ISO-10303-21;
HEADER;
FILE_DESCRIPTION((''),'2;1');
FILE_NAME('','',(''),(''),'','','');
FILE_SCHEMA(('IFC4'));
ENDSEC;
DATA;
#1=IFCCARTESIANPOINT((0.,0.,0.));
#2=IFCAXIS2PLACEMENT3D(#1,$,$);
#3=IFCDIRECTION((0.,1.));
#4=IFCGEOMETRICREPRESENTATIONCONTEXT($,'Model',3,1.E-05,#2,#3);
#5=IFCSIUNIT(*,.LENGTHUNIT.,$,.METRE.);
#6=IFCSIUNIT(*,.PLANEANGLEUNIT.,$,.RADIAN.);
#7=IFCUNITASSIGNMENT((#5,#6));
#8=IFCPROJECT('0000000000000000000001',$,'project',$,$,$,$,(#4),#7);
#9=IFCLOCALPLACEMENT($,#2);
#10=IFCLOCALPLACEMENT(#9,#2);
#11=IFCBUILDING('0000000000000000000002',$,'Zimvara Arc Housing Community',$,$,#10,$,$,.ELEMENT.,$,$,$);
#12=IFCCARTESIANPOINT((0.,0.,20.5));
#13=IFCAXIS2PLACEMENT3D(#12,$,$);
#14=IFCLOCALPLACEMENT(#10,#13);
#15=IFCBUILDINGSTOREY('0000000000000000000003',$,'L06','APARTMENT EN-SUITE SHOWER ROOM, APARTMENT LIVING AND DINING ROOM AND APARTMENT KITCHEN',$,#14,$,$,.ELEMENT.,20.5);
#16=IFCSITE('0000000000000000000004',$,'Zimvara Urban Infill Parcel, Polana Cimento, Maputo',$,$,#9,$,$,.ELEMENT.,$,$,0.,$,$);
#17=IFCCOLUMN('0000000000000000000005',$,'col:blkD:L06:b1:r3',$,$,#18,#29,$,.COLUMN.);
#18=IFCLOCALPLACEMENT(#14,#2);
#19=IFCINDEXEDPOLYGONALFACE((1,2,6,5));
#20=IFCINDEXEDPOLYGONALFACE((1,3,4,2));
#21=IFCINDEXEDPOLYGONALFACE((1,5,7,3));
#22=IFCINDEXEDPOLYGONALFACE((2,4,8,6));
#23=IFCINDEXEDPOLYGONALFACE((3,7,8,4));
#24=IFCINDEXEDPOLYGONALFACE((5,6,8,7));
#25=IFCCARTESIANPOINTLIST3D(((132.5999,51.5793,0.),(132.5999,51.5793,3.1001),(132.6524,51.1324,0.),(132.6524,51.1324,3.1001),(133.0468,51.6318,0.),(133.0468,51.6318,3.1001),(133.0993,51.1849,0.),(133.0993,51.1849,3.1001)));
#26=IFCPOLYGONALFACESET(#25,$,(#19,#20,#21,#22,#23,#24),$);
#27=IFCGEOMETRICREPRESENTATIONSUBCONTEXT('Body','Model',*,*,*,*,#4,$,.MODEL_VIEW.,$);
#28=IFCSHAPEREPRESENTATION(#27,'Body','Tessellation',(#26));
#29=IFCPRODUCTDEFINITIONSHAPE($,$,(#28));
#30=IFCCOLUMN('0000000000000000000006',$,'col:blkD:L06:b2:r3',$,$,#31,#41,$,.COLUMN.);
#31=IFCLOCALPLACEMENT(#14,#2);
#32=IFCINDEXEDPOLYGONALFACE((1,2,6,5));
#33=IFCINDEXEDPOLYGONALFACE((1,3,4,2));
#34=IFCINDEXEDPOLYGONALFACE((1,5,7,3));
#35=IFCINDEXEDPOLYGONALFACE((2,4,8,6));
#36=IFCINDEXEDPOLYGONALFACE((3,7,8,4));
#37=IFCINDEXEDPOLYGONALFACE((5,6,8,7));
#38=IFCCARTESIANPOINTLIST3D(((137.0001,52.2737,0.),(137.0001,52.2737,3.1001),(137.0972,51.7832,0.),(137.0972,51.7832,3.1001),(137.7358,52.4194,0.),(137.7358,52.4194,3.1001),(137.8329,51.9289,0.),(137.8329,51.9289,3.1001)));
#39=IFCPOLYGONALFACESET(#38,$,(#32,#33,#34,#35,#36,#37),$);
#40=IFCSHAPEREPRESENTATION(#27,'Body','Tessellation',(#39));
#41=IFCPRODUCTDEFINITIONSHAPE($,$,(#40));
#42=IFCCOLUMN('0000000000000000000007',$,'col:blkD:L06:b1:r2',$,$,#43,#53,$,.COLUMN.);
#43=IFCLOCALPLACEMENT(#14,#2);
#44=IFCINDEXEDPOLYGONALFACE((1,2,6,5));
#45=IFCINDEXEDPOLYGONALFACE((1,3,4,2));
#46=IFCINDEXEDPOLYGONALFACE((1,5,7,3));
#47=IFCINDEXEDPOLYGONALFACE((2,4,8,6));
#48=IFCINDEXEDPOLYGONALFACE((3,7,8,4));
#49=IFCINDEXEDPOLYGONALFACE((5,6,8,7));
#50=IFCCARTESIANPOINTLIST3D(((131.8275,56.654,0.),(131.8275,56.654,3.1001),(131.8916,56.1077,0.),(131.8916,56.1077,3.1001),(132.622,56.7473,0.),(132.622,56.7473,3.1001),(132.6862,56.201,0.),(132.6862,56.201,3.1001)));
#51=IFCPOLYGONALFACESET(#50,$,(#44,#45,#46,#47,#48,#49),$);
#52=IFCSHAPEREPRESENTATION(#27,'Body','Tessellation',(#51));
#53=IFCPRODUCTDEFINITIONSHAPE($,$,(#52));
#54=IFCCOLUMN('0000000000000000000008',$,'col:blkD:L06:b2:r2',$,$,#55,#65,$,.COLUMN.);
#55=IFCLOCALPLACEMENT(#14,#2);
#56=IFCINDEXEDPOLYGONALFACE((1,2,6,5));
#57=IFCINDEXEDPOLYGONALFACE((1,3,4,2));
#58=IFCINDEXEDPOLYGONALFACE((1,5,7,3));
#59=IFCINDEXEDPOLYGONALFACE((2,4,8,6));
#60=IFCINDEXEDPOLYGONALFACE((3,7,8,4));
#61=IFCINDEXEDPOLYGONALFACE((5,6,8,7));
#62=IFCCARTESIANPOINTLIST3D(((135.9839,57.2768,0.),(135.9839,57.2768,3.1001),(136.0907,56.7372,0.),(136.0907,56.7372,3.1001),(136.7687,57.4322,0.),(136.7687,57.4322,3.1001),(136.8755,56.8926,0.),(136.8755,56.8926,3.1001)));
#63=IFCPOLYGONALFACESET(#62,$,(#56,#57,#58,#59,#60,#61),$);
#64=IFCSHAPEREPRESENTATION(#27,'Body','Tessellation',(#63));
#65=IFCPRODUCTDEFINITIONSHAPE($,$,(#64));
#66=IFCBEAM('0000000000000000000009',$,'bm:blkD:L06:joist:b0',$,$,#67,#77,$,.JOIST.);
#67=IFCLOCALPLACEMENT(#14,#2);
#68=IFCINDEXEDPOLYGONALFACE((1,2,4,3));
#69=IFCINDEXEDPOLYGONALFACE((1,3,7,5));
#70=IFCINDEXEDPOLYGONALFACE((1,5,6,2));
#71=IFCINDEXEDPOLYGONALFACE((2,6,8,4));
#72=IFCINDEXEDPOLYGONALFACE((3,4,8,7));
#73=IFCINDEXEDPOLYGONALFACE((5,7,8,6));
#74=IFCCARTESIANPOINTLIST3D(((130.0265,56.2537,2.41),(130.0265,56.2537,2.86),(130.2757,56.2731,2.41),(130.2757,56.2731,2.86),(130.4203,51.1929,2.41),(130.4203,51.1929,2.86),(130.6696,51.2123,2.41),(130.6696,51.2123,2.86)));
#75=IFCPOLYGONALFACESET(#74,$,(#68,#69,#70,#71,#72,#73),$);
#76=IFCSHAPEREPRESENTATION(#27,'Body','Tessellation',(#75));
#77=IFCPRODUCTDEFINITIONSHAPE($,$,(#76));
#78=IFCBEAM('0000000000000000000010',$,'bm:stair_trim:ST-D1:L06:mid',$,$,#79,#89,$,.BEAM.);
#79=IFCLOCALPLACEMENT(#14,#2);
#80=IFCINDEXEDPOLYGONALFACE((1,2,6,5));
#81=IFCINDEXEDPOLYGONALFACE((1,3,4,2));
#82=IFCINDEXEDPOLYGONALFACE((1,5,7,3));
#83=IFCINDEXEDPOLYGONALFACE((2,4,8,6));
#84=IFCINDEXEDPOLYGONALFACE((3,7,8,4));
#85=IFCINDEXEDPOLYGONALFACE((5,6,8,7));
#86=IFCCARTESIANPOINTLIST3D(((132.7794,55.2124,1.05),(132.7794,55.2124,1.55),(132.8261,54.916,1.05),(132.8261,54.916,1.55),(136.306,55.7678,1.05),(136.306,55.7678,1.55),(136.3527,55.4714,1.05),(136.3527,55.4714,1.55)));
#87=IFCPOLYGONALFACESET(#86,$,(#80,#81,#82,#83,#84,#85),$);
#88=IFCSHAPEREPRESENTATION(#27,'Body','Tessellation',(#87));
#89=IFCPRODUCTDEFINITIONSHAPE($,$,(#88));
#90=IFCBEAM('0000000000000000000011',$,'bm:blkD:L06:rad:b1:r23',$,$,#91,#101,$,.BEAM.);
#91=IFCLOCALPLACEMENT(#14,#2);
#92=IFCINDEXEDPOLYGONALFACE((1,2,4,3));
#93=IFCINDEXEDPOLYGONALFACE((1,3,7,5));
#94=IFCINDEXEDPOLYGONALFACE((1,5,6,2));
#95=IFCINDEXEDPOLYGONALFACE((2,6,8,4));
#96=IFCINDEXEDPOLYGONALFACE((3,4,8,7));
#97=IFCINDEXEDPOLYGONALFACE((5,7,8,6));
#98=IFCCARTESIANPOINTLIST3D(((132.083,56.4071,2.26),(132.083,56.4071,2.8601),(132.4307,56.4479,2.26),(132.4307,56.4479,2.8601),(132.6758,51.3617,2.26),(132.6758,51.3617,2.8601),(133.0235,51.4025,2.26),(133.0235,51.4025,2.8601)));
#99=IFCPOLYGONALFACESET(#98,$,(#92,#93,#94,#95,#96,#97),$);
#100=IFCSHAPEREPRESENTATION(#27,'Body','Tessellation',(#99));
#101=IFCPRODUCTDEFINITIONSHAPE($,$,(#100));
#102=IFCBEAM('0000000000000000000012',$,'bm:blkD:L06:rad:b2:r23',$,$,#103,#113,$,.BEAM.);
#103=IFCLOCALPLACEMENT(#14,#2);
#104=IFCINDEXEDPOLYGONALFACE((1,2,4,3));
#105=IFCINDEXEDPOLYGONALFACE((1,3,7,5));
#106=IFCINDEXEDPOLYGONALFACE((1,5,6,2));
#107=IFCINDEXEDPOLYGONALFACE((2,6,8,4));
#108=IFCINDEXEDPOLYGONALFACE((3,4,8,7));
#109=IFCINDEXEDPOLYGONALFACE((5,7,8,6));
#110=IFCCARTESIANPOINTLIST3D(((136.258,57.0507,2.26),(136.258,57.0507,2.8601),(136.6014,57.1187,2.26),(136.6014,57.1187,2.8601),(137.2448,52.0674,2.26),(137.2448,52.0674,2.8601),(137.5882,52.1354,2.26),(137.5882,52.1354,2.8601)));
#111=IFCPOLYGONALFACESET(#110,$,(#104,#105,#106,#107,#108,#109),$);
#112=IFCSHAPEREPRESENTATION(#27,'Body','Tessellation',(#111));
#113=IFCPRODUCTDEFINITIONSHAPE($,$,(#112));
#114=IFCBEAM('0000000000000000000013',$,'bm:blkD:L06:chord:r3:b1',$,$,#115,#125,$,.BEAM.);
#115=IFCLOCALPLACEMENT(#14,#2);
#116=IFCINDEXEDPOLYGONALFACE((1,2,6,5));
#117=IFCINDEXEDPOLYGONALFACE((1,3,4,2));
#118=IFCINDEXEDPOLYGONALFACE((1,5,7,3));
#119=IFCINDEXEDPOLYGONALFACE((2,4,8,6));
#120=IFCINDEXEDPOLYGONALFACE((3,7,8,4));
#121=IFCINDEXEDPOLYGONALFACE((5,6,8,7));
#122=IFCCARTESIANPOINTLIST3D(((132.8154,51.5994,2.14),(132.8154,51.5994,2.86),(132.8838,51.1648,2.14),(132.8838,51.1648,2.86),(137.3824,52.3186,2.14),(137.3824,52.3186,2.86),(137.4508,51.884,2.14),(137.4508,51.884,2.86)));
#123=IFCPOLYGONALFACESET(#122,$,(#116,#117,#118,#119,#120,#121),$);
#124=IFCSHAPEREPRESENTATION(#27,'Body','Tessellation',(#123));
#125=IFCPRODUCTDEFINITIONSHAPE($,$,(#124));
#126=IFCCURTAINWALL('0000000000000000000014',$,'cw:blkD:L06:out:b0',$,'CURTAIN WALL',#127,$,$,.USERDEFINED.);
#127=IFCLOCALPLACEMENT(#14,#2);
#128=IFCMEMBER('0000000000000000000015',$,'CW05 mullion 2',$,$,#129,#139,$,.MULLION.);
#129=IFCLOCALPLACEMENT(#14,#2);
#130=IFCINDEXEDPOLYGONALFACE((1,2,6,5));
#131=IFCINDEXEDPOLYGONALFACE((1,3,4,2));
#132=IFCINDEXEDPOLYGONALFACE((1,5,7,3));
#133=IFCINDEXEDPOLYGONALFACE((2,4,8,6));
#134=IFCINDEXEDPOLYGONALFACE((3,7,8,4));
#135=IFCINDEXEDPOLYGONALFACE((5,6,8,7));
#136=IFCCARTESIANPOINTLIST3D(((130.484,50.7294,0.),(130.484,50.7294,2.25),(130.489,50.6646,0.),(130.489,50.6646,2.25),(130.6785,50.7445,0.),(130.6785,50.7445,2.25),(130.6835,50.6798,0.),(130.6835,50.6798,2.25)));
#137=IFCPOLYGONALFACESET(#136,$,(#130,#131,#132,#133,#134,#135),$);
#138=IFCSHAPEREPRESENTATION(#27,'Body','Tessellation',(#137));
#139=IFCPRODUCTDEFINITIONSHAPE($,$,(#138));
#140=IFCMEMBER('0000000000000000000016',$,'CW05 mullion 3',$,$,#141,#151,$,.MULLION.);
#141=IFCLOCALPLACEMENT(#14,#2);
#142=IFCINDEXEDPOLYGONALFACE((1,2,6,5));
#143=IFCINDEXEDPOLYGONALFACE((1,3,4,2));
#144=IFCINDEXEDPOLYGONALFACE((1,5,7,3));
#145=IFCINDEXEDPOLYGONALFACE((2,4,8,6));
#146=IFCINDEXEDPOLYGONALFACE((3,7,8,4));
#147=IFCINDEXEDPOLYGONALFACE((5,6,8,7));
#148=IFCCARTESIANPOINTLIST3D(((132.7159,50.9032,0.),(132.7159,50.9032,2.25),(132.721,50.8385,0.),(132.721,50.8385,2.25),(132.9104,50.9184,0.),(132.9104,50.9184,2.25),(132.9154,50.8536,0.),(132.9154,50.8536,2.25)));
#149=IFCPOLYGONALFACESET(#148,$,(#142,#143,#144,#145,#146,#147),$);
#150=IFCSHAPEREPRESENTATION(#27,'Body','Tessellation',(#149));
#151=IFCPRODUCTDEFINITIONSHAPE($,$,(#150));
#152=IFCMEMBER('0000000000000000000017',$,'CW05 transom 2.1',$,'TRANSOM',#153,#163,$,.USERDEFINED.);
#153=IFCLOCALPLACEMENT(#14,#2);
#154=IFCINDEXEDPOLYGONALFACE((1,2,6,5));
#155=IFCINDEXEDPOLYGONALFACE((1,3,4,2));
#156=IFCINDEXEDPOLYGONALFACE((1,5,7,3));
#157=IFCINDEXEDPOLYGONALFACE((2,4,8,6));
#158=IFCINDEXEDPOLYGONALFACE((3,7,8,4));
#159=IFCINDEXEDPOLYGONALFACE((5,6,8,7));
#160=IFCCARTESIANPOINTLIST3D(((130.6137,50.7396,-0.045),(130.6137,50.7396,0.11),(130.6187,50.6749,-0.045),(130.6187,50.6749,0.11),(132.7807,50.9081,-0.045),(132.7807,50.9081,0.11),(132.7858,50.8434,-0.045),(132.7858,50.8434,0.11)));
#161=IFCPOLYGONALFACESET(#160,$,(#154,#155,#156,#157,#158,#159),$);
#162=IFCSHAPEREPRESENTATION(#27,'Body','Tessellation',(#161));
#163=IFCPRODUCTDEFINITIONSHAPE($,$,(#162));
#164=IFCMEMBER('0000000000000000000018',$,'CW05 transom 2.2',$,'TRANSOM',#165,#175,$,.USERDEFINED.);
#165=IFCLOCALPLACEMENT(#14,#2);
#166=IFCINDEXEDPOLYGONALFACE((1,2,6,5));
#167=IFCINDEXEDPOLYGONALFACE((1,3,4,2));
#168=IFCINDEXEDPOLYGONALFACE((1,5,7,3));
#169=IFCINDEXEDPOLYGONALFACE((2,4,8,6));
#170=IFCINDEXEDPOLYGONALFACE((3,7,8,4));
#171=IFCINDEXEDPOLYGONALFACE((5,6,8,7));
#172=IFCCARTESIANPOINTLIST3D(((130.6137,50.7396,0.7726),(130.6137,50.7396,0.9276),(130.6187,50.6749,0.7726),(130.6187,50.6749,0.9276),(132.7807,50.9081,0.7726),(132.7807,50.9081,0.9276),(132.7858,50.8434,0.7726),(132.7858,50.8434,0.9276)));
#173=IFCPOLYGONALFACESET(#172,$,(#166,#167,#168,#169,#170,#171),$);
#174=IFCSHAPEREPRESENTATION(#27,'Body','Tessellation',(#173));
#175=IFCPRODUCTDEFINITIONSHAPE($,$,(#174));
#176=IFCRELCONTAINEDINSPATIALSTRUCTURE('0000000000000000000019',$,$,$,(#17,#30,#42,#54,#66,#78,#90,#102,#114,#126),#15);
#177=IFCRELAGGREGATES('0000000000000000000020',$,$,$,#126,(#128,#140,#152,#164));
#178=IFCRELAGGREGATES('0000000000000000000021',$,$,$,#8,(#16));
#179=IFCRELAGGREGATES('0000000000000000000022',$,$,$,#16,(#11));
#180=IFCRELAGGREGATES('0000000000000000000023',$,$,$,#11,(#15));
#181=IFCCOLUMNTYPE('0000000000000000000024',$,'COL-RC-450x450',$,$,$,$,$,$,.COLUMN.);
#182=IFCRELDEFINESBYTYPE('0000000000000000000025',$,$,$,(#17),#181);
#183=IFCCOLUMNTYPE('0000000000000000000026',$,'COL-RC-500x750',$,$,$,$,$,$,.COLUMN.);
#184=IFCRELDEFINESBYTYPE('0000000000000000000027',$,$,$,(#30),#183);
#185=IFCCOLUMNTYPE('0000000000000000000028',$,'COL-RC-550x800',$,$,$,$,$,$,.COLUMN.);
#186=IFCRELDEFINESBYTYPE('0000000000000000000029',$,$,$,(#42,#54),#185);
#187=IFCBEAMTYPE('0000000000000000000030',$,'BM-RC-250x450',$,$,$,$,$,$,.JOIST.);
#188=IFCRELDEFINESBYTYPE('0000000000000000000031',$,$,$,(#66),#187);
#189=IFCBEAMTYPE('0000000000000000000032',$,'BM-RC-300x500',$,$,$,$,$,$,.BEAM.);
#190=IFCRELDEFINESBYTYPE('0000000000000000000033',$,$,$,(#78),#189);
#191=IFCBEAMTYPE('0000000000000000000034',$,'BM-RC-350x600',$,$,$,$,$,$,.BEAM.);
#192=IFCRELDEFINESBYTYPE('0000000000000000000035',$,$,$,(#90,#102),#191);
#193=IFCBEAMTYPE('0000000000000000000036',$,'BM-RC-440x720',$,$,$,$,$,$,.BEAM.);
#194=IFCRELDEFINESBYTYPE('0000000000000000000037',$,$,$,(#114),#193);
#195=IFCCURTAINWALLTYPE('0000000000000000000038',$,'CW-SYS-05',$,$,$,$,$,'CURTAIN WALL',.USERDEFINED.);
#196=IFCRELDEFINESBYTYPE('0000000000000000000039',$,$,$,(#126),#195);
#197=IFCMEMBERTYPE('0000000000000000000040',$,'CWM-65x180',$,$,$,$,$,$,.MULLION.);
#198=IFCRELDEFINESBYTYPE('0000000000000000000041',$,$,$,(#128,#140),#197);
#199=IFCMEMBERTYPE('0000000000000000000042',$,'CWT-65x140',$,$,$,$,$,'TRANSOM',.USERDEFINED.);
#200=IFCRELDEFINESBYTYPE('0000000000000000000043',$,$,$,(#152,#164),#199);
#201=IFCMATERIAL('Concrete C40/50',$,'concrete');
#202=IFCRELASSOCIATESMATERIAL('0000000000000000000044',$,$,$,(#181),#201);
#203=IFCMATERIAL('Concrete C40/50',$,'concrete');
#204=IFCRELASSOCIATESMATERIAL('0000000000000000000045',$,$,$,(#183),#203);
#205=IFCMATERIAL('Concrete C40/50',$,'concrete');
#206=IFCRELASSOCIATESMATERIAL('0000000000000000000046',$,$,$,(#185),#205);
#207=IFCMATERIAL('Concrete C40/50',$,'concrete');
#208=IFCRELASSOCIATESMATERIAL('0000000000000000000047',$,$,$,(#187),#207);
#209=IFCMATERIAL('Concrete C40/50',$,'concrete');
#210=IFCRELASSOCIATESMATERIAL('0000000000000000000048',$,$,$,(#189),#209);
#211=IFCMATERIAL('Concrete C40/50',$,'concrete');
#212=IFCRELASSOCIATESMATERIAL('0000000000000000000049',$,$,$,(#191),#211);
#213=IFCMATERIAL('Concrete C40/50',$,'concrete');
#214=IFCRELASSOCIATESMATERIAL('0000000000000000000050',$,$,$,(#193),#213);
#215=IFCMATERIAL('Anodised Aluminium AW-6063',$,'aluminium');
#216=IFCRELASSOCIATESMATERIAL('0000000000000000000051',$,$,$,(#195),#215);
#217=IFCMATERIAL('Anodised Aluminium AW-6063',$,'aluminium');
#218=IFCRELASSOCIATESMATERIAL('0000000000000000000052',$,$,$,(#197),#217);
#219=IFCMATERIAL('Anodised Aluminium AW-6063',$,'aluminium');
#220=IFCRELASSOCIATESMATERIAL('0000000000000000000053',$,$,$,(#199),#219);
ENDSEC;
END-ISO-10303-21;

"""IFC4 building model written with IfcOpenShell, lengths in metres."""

from ifc_helpers import new_model, si_unit, direction, frame, origin, origin_2d, place, context, subcontext, project, spatial, rectangle, extrude, material, material_profile, profile_set, type_object, element, aggregate, save


model = new_model("IFC4")

# Units and contexts
model_context = context("Model", 3, precision=1e-05, world=origin(), true_north=direction((0.0, 1.0)))
body_context = subcontext(model_context, "Body", "Model", "MODEL_VIEW")
ifc_project = project(units=[si_unit("LENGTHUNIT", "METRE"), si_unit("PLANEANGLEUNIT", "RADIAN")], contexts=[model_context])

# Site, building, storey
site_placement = place(None, origin())
site = spatial("IfcSite", under=ifc_project, at=site_placement, Name="Zimvara Urban Infill Parcel, Polana Cimento, Maputo", CompositionType="ELEMENT", RefElevation=0.0)
building_placement = place(site_placement, origin())
building = spatial("IfcBuilding", under=site, at=building_placement, Name="Zimvara Arc Housing Community", CompositionType="ELEMENT")
storey_placement = place(building_placement, frame((0.0, 0.0, 20.5)))
storey = spatial("IfcBuildingStorey", under=building, at=storey_placement, Name="L06", Description="APARTMENT EN-SUITE SHOWER ROOM, APARTMENT LIVING AND DINING ROOM AND APARTMENT KITCHEN", CompositionType="ELEMENT", Elevation=20.5)

# Columns
ifc_material_1 = material(Name="Concrete C40/50", Category="concrete")
ifc_material_profile_1 = material_profile(ifc_material_1, rectangle(XDim=0.45, YDim=0.45, at=origin_2d()), Name="RC 450x450")
ifc_profile_set_1 = profile_set([ifc_material_profile_1], Name="Concrete C40/50")
column_type_1 = type_object("IfcColumnType", Name="COL-RC-450x450", PredefinedType="COLUMN", material=ifc_profile_set_1)
column_1_placement = place(storey_placement, frame((132.8496, 51.3821, 0.0), z_axis=(0.0, 0.0, 1.0), x_axis=(0.116671, -0.993171, 0.0)))
element("IfcColumn", 1, at=column_1_placement, inside=storey, type_object=column_type_1, Name="col:blkD:L06:b1:r3", PredefinedType="COLUMN", context=body_context, shape_type="SweptSolid", body=[
    extrude(rectangle(XDim=0.45, YDim=0.45, at=origin_2d()), origin(), (0.0, 0.0, 1.0), 3.1001),
])
ifc_material_2 = material(Name="Concrete C40/50", Category="concrete")
ifc_material_profile_2 = material_profile(ifc_material_2, rectangle(XDim=0.5, YDim=0.75, at=origin_2d()), Name="RC 500x750")
ifc_profile_set_2 = profile_set([ifc_material_profile_2], Name="Concrete C40/50")
column_type_2 = type_object("IfcColumnType", Name="COL-RC-500x750", PredefinedType="COLUMN", material=ifc_profile_set_2)
column_2_placement = place(storey_placement, frame((137.4165, 52.1013, 0.0), z_axis=(0.0, 0.0, 1.0), x_axis=(0.194234, -0.980955, 0.0)))
element("IfcColumn", 2, at=column_2_placement, inside=storey, type_object=column_type_2, Name="col:blkD:L06:b2:r3", PredefinedType="COLUMN", context=body_context, shape_type="SweptSolid", body=[
    extrude(rectangle(XDim=0.5, YDim=0.75, at=origin_2d()), origin(), (0.0, 0.0, 1.0), 3.1001),
])
ifc_material_3 = material(Name="Concrete C40/50", Category="concrete")
ifc_material_profile_3 = material_profile(ifc_material_3, rectangle(XDim=0.55, YDim=0.8, at=origin_2d()), Name="RC 550x800")
ifc_profile_set_3 = profile_set([ifc_material_profile_3], Name="Concrete C40/50")
column_type_3 = type_object("IfcColumnType", Name="COL-RC-550x800", PredefinedType="COLUMN", material=ifc_profile_set_3)
for number, where, z_axis, x_axis, name in (
    (3, (132.2568, 56.4275, 0.0), (0.0, 0.0, 1.0), (0.116671, -0.993171, 0.0), "col:blkD:L06:b1:r2"),
    (4, (136.4297, 57.0847, 0.0), (0.0, 0.0, 1.0), (0.194234, -0.980955, 0.0), "col:blkD:L06:b2:r2"),
):
    element("IfcColumn", number, at=place(storey_placement, frame(where, z_axis=z_axis, x_axis=x_axis)), inside=storey, type_object=column_type_3, Name=name, PredefinedType="COLUMN", context=body_context, shape_type="SweptSolid", body=[
        extrude(rectangle(XDim=0.55, YDim=0.8, at=origin_2d()), origin(), (0.0, 0.0, 1.0), 3.1001),
    ])

# Beams
ifc_material_4 = material(Name="Concrete C40/50", Category="concrete")
ifc_material_profile_4 = material_profile(ifc_material_4, rectangle(XDim=0.25, YDim=0.45, at=origin_2d()), Name="RC 250x450")
ifc_profile_set_4 = profile_set([ifc_material_profile_4], Name="Concrete C40/50")
beam_type_1 = type_object("IfcBeamType", Name="BM-RC-250x450", PredefinedType="JOIST", material=ifc_profile_set_4)
beam_1_placement = place(storey_placement, frame((130.1511, 56.2634, 2.635), z_axis=(0.077579, -0.996986, 0.0), x_axis=(0.996986, 0.077579, 0.0)))
element("IfcBeam", 5, at=beam_1_placement, inside=storey, type_object=beam_type_1, Name="bm:blkD:L06:joist:b0", PredefinedType="JOIST", context=body_context, shape_type="SweptSolid", body=[
    extrude(rectangle(XDim=0.25, YDim=0.45, at=origin_2d()), origin(), (0.0, 0.0, 1.0), 5.0762),
])
ifc_material_5 = material(Name="Concrete C40/50", Category="concrete")
ifc_material_profile_5 = material_profile(ifc_material_5, rectangle(XDim=0.3, YDim=0.5, at=origin_2d()), Name="RC 300x500")
ifc_profile_set_5 = profile_set([ifc_material_profile_5], Name="Concrete C40/50")
beam_type_2 = type_object("IfcBeamType", Name="BM-RC-300x500", PredefinedType="BEAM", material=ifc_profile_set_5)
beam_2_placement = place(storey_placement, frame((132.8027, 55.0642, 1.3), z_axis=(0.987824, 0.155576, 0.0), x_axis=(-0.155576, 0.987824, 0.0)))
element("IfcBeam", 6, at=beam_2_placement, inside=storey, type_object=beam_type_2, Name="bm:stair_trim:ST-D1:L06:mid", PredefinedType="BEAM", context=body_context, shape_type="SweptSolid", body=[
    extrude(rectangle(XDim=0.3, YDim=0.5, at=origin_2d()), origin(), (0.0, 0.0, 1.0), 3.5701),
])
ifc_material_6 = material(Name="Concrete C40/50", Category="concrete")
ifc_material_profile_6 = material_profile(ifc_material_6, rectangle(XDim=0.3501, YDim=0.6001, at=origin_2d()), Name="RC 350x600")
ifc_profile_set_6 = profile_set([ifc_material_profile_6], Name="Concrete C40/50")
beam_type_3 = type_object("IfcBeamType", Name="BM-RC-350x600", PredefinedType="BEAM", material=ifc_profile_set_6)
for number, where, z_axis, x_axis, name in (
    (7, (132.2568, 56.4275, 2.5601), (0.116685, -0.993169, 0.0), (0.993169, 0.116685, 0.0), "bm:blkD:L06:rad:b1:r23"),
    (8, (136.4297, 57.0847, 2.5601), (0.194249, -0.980952, 0.0), (0.980952, 0.194249, 0.0), "bm:blkD:L06:rad:b2:r23"),
):
    element("IfcBeam", number, at=place(storey_placement, frame(where, z_axis=z_axis, x_axis=x_axis)), inside=storey, type_object=beam_type_3, Name=name, PredefinedType="BEAM", context=body_context, shape_type="SweptSolid", body=[
        extrude(rectangle(XDim=0.3501, YDim=0.6001, at=origin_2d()), origin(), (0.0, 0.0, 1.0), 5.0801),
    ])
ifc_material_7 = material(Name="Concrete C40/50", Category="concrete")
ifc_material_profile_7 = material_profile(ifc_material_7, rectangle(XDim=0.4399, YDim=0.72, at=origin_2d()), Name="RC 440x720")
ifc_profile_set_7 = profile_set([ifc_material_profile_7], Name="Concrete C40/50")
beam_type_4 = type_object("IfcBeamType", Name="BM-RC-440x720", PredefinedType="BEAM", material=ifc_profile_set_7)
beam_3_placement = place(storey_placement, frame((132.8496, 51.3821, 2.5), z_axis=(0.987825, 0.155572, 0.0), x_axis=(-0.155572, 0.987825, 0.0)))
element("IfcBeam", 9, at=beam_3_placement, inside=storey, type_object=beam_type_4, Name="bm:blkD:L06:chord:r3:b1", PredefinedType="BEAM", context=body_context, shape_type="SweptSolid", body=[
    extrude(rectangle(XDim=0.4399, YDim=0.72, at=origin_2d()), origin(), (0.0, 0.0, 1.0), 4.6233),
])

# Curtain wall, members
ifc_material_8 = material(Name="Anodised Aluminium AW-6063", Category="aluminium")
curtain_wall_type = type_object("IfcCurtainWallType", Name="CW-SYS-05", ElementType="CURTAIN WALL", PredefinedType="USERDEFINED", material=ifc_material_8)
curtain_wall_placement = place(storey_placement, origin())
curtain_wall = element("IfcCurtainWall", 10, at=curtain_wall_placement, inside=storey, type_object=curtain_wall_type, Name="cw:blkD:L06:out:b0", ObjectType="CURTAIN WALL", PredefinedType="USERDEFINED")
ifc_material_9 = material(Name="Anodised Aluminium AW-6063", Category="aluminium")
ifc_material_profile_8 = material_profile(ifc_material_9, rectangle(XDim=0.0649, YDim=0.1951, at=origin_2d()), Name="ALU 65x195")
ifc_profile_set_8 = profile_set([ifc_material_profile_8], Name="Anodised Aluminium AW-6063")
member_type_1 = type_object("IfcMemberType", Name="CWM-65x180", PredefinedType="MULLION", material=ifc_profile_set_8)
member_1_placement = place(storey_placement, frame((130.5837, 50.7046, 0.0), z_axis=(0.0, 0.0, 1.0), x_axis=(-0.07759, 0.996985, 0.0)))
member_1 = element("IfcMember", 11, at=member_1_placement, type_object=member_type_1, Name="CW05 mullion 2", PredefinedType="MULLION", context=body_context, shape_type="SweptSolid", body=[
    extrude(rectangle(XDim=0.0649, YDim=0.1951, at=origin_2d()), origin(), (0.0, 0.0, 1.0), 2.25),
])
member_2_placement = place(storey_placement, frame((132.8157, 50.8784, 0.0), z_axis=(0.0, 0.0, 1.0), x_axis=(-0.07759, 0.996985, 0.0)))
member_2 = element("IfcMember", 12, at=member_2_placement, type_object=member_type_1, Name="CW05 mullion 3", PredefinedType="MULLION", context=body_context, shape_type="SweptSolid", body=[
    extrude(rectangle(XDim=0.0649, YDim=0.1951, at=origin_2d()), origin(), (0.0, 0.0, 1.0), 2.25),
])
ifc_material_10 = material(Name="Anodised Aluminium AW-6063", Category="aluminium")
ifc_material_profile_9 = material_profile(ifc_material_10, rectangle(XDim=0.0649, YDim=0.155, at=origin_2d()), Name="ALU 65x155")
ifc_profile_set_9 = profile_set([ifc_material_profile_9], Name="Anodised Aluminium AW-6063")
member_type_2 = type_object("IfcMemberType", Name="CWT-65x140", ElementType="TRANSOM", PredefinedType="USERDEFINED", material=ifc_profile_set_9)
member_3_placement = place(storey_placement, frame((130.6162, 50.7073, 0.0325), z_axis=(0.996992, 0.077504, 0.0), x_axis=(-0.077504, 0.996992, 0.0)))
member_3 = element("IfcMember", 13, at=member_3_placement, type_object=member_type_2, Name="CW05 transom 2.1", ObjectType="TRANSOM", PredefinedType="USERDEFINED", context=body_context, shape_type="SweptSolid", body=[
    extrude(rectangle(XDim=0.0649, YDim=0.155, at=origin_2d()), origin(), (0.0, 0.0, 1.0), 2.1736),
])
member_4_placement = place(storey_placement, frame((130.6162, 50.7073, 0.8501), z_axis=(0.996992, 0.077504, 0.0), x_axis=(-0.077504, 0.996992, 0.0)))
member_4 = element("IfcMember", 14, at=member_4_placement, type_object=member_type_2, Name="CW05 transom 2.2", ObjectType="TRANSOM", PredefinedType="USERDEFINED", context=body_context, shape_type="SweptSolid", body=[
    extrude(rectangle(XDim=0.0649, YDim=0.155, at=origin_2d()), origin(), (0.0, 0.0, 1.0), 2.1736),
])
aggregate(curtain_wall, [member_1, member_2, member_3, member_4])

save(model, "model.ifc")
